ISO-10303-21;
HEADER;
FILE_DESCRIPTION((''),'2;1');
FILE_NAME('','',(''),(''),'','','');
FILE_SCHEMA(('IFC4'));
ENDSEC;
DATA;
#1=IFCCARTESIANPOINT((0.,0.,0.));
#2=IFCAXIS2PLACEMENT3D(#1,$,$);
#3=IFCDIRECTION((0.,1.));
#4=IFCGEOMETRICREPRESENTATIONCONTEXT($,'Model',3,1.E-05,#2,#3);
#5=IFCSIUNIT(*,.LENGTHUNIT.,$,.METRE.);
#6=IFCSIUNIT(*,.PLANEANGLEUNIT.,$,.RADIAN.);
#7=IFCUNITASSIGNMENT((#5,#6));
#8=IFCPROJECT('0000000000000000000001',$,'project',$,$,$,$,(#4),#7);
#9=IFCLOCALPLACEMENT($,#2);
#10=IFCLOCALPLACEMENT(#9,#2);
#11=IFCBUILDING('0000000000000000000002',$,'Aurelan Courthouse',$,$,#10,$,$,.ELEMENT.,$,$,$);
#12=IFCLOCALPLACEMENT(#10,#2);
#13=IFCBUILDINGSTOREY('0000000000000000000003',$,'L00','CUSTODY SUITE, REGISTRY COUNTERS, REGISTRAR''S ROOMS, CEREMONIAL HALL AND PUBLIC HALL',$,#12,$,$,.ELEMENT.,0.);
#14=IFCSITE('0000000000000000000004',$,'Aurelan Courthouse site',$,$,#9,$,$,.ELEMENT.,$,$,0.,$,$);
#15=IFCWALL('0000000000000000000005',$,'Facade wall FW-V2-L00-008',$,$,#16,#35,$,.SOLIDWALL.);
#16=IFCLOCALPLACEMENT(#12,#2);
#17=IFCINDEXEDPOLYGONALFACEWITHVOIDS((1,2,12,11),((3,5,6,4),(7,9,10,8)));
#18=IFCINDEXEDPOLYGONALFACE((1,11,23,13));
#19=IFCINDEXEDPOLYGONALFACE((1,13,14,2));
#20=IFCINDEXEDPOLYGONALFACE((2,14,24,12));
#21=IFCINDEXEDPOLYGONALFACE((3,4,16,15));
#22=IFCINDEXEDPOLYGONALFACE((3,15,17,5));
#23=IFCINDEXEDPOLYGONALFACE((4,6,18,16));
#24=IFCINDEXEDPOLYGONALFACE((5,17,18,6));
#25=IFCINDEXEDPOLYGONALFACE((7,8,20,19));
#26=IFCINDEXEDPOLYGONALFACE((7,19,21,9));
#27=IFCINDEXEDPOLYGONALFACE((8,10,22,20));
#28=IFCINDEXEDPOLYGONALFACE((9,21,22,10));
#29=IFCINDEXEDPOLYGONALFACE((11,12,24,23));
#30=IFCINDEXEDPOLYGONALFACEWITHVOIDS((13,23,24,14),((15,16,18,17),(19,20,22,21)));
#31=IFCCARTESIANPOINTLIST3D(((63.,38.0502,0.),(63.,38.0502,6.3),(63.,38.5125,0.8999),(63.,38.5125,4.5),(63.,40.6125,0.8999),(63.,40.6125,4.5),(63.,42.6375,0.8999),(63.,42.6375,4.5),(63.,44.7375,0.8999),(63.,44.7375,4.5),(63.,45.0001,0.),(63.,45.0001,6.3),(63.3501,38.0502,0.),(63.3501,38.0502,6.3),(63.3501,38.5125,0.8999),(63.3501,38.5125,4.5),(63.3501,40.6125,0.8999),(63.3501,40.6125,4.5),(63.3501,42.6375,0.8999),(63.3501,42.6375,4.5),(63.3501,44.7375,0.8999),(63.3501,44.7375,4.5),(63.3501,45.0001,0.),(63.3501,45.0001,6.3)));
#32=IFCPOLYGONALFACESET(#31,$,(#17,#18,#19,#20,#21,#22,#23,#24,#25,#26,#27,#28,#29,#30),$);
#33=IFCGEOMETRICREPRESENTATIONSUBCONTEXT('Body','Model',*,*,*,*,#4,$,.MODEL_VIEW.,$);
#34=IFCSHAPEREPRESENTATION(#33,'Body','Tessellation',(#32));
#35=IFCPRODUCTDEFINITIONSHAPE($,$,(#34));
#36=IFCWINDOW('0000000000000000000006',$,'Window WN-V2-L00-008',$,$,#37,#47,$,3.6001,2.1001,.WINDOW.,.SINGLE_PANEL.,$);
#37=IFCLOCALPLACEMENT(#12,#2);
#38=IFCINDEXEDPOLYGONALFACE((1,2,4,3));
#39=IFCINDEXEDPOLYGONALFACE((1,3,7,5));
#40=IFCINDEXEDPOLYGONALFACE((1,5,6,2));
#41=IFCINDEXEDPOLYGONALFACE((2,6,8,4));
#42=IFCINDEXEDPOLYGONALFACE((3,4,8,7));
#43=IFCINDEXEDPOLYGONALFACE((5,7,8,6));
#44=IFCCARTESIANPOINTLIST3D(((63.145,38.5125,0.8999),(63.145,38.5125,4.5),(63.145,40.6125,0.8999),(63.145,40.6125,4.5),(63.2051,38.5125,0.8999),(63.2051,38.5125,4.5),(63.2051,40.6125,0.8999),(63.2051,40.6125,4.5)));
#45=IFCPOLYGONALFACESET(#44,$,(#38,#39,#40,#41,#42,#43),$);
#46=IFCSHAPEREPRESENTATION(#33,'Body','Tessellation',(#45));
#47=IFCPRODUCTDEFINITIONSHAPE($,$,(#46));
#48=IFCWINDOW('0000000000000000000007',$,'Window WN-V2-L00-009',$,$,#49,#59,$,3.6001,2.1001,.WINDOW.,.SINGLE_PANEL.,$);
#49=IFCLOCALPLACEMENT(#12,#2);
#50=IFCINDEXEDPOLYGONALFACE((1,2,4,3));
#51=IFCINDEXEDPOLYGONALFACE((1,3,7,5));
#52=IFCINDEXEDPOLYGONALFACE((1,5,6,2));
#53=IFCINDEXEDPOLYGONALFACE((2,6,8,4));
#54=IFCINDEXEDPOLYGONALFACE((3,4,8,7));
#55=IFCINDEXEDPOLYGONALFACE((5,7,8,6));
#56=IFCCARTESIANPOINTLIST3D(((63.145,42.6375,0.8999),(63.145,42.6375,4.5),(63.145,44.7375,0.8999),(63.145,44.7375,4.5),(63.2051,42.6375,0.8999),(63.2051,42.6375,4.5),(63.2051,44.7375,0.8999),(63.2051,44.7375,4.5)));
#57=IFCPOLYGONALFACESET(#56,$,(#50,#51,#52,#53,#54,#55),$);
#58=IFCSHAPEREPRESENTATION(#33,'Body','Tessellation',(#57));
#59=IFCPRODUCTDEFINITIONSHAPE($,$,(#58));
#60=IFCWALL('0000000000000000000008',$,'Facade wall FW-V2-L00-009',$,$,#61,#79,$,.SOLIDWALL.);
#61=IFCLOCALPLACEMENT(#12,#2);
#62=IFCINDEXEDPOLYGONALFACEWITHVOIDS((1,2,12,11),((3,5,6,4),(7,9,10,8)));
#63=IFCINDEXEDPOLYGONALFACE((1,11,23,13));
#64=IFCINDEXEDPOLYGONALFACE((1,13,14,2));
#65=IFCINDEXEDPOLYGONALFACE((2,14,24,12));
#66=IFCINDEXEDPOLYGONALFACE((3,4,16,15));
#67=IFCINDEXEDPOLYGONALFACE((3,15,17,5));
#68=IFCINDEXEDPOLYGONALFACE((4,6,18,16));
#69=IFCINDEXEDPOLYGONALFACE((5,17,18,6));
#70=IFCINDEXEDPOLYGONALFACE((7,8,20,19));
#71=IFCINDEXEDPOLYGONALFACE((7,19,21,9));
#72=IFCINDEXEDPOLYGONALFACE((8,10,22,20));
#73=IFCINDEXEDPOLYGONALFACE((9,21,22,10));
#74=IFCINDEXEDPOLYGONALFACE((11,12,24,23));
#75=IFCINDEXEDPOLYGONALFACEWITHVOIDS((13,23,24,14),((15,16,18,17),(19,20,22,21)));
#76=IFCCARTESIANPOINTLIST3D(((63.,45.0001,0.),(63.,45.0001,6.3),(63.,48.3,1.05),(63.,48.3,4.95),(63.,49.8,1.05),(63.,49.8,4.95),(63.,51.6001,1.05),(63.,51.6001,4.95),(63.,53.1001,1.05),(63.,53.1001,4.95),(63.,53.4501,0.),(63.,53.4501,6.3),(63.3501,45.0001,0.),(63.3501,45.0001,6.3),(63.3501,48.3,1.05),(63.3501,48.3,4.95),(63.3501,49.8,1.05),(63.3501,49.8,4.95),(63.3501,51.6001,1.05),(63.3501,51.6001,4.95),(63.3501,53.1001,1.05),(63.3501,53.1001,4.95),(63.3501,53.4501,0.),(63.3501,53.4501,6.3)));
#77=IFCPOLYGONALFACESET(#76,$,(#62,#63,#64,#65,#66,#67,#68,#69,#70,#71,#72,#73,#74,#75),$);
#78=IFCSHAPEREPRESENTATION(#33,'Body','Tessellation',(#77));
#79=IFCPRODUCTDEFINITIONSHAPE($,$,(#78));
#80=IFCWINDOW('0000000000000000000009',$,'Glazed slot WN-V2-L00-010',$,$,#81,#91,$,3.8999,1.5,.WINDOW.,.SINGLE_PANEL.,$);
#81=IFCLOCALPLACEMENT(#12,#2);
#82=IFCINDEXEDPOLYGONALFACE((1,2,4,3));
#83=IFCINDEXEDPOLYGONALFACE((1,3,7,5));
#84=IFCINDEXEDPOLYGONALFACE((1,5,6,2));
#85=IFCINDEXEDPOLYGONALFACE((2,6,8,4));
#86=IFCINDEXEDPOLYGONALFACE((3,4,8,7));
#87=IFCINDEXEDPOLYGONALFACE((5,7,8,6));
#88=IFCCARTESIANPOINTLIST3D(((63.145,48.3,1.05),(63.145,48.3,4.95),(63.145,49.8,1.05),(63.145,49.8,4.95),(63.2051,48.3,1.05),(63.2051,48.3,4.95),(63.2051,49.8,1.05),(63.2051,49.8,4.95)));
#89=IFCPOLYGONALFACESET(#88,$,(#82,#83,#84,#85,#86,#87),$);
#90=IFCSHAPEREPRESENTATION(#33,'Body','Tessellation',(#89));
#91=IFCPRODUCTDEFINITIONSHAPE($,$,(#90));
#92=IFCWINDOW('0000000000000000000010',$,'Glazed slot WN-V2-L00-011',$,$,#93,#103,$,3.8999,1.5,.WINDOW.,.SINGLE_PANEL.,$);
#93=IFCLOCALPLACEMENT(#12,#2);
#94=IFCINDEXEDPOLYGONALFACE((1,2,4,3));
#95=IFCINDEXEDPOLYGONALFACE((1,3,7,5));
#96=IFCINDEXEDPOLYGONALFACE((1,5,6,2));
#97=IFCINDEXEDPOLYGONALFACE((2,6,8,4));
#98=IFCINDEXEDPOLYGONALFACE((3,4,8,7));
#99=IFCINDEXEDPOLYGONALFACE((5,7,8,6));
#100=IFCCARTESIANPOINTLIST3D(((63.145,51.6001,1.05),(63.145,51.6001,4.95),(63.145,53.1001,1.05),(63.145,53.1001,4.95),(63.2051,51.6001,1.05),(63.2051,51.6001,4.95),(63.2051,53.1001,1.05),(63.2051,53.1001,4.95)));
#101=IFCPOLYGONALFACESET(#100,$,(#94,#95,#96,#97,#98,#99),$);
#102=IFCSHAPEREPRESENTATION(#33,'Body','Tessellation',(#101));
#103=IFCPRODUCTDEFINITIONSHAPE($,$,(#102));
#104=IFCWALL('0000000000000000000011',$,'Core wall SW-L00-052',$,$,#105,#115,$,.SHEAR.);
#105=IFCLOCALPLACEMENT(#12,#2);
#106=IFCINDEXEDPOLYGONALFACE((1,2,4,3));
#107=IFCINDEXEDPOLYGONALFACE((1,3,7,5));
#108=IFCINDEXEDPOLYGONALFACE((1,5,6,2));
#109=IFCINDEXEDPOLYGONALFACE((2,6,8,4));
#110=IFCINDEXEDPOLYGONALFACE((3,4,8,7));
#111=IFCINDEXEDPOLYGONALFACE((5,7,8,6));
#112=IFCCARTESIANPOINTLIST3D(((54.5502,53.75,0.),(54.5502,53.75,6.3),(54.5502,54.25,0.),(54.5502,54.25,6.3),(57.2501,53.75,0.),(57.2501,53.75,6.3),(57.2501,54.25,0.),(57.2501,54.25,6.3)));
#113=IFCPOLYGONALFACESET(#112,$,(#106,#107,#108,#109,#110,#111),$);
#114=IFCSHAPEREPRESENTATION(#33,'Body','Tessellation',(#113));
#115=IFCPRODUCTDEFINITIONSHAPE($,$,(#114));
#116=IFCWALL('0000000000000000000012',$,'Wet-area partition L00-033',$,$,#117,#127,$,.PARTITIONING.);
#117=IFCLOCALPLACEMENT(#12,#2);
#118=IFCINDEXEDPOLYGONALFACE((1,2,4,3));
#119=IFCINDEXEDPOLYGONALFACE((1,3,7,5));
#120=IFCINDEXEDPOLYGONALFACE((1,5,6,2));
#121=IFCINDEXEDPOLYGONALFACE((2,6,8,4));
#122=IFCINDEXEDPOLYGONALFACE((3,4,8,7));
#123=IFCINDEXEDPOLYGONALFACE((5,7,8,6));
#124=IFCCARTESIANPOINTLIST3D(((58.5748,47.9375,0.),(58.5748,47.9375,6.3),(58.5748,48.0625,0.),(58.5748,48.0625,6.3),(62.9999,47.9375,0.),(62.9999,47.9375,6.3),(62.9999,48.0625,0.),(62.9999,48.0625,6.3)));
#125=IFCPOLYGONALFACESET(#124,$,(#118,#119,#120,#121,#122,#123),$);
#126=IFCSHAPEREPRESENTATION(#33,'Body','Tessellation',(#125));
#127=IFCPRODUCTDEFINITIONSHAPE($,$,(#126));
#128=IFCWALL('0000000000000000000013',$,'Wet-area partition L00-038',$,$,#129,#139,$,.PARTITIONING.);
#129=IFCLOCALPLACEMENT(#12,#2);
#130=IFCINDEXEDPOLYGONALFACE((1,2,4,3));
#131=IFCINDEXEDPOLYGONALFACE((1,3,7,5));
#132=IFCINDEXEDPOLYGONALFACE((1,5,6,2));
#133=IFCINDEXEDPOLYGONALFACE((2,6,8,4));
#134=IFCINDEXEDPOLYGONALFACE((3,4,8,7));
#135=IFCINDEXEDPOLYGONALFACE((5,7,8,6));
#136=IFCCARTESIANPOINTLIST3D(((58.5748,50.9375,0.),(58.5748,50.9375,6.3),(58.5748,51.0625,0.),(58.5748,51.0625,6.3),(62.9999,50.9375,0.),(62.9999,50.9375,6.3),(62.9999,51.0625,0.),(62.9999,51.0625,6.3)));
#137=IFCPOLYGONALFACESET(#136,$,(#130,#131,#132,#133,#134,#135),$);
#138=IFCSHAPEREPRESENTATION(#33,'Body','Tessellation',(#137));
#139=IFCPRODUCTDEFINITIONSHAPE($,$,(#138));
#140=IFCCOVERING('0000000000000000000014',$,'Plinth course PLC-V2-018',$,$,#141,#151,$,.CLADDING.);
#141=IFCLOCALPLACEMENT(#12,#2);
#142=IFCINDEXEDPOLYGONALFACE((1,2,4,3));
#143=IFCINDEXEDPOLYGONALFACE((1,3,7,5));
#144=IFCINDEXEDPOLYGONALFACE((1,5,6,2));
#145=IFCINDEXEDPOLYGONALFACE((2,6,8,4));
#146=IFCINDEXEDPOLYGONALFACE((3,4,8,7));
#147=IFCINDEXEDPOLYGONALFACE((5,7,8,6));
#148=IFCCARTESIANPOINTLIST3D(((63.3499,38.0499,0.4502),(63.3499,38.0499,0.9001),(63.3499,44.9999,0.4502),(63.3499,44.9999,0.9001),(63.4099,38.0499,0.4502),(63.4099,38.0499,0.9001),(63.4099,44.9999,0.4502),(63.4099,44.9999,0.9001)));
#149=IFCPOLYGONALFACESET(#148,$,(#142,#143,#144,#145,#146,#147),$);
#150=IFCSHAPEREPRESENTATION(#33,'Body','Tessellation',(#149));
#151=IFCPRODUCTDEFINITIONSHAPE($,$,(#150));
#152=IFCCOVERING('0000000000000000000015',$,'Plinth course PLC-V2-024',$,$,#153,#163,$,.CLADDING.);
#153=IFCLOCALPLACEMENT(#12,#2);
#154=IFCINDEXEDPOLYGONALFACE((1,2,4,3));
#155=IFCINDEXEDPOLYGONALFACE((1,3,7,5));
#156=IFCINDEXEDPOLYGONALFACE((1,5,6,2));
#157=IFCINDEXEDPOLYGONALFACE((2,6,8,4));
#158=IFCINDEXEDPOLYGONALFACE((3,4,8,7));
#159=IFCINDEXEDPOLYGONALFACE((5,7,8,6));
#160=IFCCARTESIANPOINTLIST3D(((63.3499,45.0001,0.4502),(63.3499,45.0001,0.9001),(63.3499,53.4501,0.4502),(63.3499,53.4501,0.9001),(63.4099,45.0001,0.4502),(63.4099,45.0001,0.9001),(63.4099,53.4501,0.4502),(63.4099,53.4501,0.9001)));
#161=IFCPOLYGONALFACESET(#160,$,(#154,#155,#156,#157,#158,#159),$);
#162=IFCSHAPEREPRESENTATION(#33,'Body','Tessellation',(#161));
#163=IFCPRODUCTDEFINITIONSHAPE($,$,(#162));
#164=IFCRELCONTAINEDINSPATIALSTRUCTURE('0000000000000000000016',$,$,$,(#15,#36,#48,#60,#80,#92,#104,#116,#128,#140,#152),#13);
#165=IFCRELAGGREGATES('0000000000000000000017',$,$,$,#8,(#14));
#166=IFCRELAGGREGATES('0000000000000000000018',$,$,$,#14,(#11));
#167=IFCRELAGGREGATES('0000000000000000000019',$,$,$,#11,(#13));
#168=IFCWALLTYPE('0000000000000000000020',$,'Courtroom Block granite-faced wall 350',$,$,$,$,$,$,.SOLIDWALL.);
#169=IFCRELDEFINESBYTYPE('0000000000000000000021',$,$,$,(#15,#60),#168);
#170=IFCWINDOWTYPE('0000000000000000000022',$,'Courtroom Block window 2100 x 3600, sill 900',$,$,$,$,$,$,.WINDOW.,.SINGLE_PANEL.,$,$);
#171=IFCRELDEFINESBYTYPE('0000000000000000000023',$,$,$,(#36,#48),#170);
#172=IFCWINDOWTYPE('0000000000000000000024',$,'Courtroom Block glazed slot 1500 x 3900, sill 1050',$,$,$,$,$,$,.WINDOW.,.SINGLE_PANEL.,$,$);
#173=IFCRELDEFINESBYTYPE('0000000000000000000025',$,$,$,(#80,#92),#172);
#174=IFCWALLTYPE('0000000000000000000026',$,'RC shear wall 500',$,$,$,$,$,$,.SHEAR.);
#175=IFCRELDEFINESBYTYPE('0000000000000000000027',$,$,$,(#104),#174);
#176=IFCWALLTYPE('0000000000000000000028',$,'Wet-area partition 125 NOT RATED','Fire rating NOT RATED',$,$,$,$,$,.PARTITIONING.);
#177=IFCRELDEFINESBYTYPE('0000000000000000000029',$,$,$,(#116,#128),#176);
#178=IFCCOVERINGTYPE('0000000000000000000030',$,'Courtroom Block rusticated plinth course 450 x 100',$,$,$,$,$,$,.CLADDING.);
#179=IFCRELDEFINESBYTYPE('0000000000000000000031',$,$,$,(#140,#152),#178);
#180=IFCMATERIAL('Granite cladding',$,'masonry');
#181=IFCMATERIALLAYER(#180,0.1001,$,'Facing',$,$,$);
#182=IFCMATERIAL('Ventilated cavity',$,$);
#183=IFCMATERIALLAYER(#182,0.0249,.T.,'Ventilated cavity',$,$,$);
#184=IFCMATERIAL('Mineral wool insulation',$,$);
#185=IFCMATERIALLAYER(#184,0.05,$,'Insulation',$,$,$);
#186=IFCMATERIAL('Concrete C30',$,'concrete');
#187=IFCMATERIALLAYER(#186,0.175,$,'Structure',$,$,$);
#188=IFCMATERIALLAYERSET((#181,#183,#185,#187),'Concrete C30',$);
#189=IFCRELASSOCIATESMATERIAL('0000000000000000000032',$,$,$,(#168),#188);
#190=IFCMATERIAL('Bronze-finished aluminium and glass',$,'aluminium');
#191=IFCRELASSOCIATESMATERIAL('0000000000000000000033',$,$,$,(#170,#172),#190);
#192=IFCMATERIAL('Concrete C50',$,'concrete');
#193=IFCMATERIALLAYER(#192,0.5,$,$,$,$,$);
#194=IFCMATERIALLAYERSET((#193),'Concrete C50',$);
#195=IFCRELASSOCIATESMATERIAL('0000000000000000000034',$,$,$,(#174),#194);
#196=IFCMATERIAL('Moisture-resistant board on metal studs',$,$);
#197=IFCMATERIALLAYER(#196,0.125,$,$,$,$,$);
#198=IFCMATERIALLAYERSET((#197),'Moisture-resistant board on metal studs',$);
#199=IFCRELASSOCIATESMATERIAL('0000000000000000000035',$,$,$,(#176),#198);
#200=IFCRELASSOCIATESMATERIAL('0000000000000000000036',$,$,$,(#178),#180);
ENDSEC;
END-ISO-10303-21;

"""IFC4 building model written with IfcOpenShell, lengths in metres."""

from ifc_helpers import new_model, si_unit, direction, frame, frame_2d, origin, origin_2d, place, context, subcontext, project, spatial, rectangle, extrude, material, layer, layer_set, type_object, element, fill, save


model = new_model("IFC4")

# Units and contexts
model_context = context("Model", 3, precision=1e-05, world=origin(), true_north=direction((0.0, 1.0)))
body_context = subcontext(model_context, "Body", "Model", "MODEL_VIEW")
ifc_project = project(units=[si_unit("LENGTHUNIT", "METRE"), si_unit("PLANEANGLEUNIT", "RADIAN")], contexts=[model_context])

# Site, building, storey
site_placement = place(None, origin())
site = spatial("IfcSite", under=ifc_project, at=site_placement, Name="Aurelan Courthouse site", CompositionType="ELEMENT", RefElevation=0.0)
building_placement = place(site_placement, origin())
building = spatial("IfcBuilding", under=site, at=building_placement, Name="Aurelan Courthouse", CompositionType="ELEMENT")
storey_placement = place(building_placement, origin())
storey = spatial("IfcBuildingStorey", under=building, at=storey_placement, Name="L00", Description="CUSTODY SUITE, REGISTRY COUNTERS, REGISTRAR'S ROOMS, CEREMONIAL HALL AND PUBLIC HALL", CompositionType="ELEMENT", Elevation=0.0)

# Shared definitions
ifc_material_1 = material(Name="Concrete C50", Category="concrete")

# Walls, openings, windows
ifc_material_2 = material(Name="Granite cladding", Category="masonry")
ifc_layer_1 = layer(ifc_material_2, 0.1001, Name="Facing")
ifc_material_3 = material(Name="Ventilated cavity")
ifc_layer_2 = layer(ifc_material_3, 0.0249, ventilated=True, Name="Ventilated cavity")
ifc_material_4 = material(Name="Mineral wool insulation")
ifc_layer_3 = layer(ifc_material_4, 0.05, Name="Insulation")
ifc_material_5 = material(Name="Concrete C30", Category="concrete")
ifc_layer_4 = layer(ifc_material_5, 0.175, Name="Structure")
ifc_layer_set_1 = layer_set([ifc_layer_1, ifc_layer_2, ifc_layer_3, ifc_layer_4], Name="Concrete C30")
wall_type_1 = type_object("IfcWallType", Name="Courtroom Block granite-faced wall 350", PredefinedType="SOLIDWALL", material=ifc_layer_set_1)
wall_1_placement = place(storey_placement, frame((63.175, 38.05, 0.0), z_axis=(0.0, 0.0, 1.0), x_axis=(0.0, 1.0, 0.0)))
wall_1 = element("IfcWall", 1, at=wall_1_placement, inside=storey, type_object=wall_type_1, Name="Facade wall FW-V2-L00-008", PredefinedType="SOLIDWALL", context=body_context, shape_type="SweptSolid", body=[
    extrude(rectangle(XDim=6.95, YDim=0.3501, at=frame_2d((3.4751, 0.0))), origin(), (0.0, 0.0, 1.0), 6.3),
])
opening_1_placement = place(wall_1_placement, frame((0.4624, 0.0, 0.8999)))
opening_1 = element("IfcOpeningElement", 2, at=opening_1_placement, cuts=wall_1, PredefinedType="OPENING", context=body_context, shape_type="SweptSolid", body=[
    extrude(rectangle(XDim=2.1001, YDim=3.6001, at=frame_2d((1.05, 1.8))), frame((0.0, 0.1851, 0.0), z_axis=(0.0, -1.0, 0.0), x_axis=(1.0, 0.0, 0.0)), (0.0, 0.0, 1.0), 0.3701),
])
opening_2_placement = place(wall_1_placement, frame((4.5874, 0.0, 0.8999)))
opening_2 = element("IfcOpeningElement", 3, at=opening_2_placement, cuts=wall_1, PredefinedType="OPENING", context=body_context, shape_type="SweptSolid", body=[
    extrude(rectangle(XDim=2.1001, YDim=3.6001, at=frame_2d((1.05, 1.8))), frame((0.0, 0.1851, 0.0), z_axis=(0.0, -1.0, 0.0), x_axis=(1.0, 0.0, 0.0)), (0.0, 0.0, 1.0), 0.3701),
])
ifc_material_6 = material(Name="Bronze-finished aluminium and glass", Category="aluminium")
window_type_1 = type_object("IfcWindowType", Name="Courtroom Block window 2100 x 3600, sill 900", PartitioningType="SINGLE_PANEL", PredefinedType="WINDOW", material=ifc_material_6)
window_1_placement = place(opening_1_placement, origin())
window_1 = element("IfcWindow", 4, at=window_1_placement, inside=storey, type_object=window_type_1, Name="Window WN-V2-L00-008", OverallHeight=3.6001, OverallWidth=2.1001, PartitioningType="SINGLE_PANEL", PredefinedType="WINDOW", context=body_context, shape_type="SweptSolid", body=[
    extrude(rectangle(XDim=2.1001, YDim=3.6001, at=frame_2d((1.05, 1.8))), frame((0.0, 0.03, 0.0), z_axis=(0.0, -1.0, 0.0), x_axis=(1.0, 0.0, 0.0)), (0.0, 0.0, 1.0), 0.0601),
])
fill(opening_1, window_1)
window_2_placement = place(opening_2_placement, origin())
window_2 = element("IfcWindow", 5, at=window_2_placement, inside=storey, type_object=window_type_1, Name="Window WN-V2-L00-009", OverallHeight=3.6001, OverallWidth=2.1001, PartitioningType="SINGLE_PANEL", PredefinedType="WINDOW", context=body_context, shape_type="SweptSolid", body=[
    extrude(rectangle(XDim=2.1001, YDim=3.6001, at=frame_2d((1.05, 1.8))), frame((0.0, 0.03, 0.0), z_axis=(0.0, -1.0, 0.0), x_axis=(1.0, 0.0, 0.0)), (0.0, 0.0, 1.0), 0.0601),
])
fill(opening_2, window_2)
wall_2_placement = place(storey_placement, frame((63.175, 45.0, 0.0), z_axis=(0.0, 0.0, 1.0), x_axis=(0.0, 1.0, 0.0)))
wall_2 = element("IfcWall", 6, at=wall_2_placement, inside=storey, type_object=wall_type_1, Name="Facade wall FW-V2-L00-009", PredefinedType="SOLIDWALL", context=body_context, shape_type="SweptSolid", body=[
    extrude(rectangle(XDim=8.45, YDim=0.3501, at=frame_2d((4.2251, 0.0))), origin(), (0.0, 0.0, 1.0), 6.3),
])
opening_3_placement = place(wall_2_placement, frame((3.3, 0.0, 1.05)))
opening_3 = element("IfcOpeningElement", 7, at=opening_3_placement, cuts=wall_2, PredefinedType="OPENING", context=body_context, shape_type="SweptSolid", body=[
    extrude(rectangle(XDim=1.5, YDim=3.8999, at=frame_2d((0.75, 1.95))), frame((0.0, 0.1851, 0.0), z_axis=(0.0, -1.0, 0.0), x_axis=(1.0, 0.0, 0.0)), (0.0, 0.0, 1.0), 0.3701),
])
opening_4_placement = place(wall_2_placement, frame((6.6001, 0.0, 1.05)))
opening_4 = element("IfcOpeningElement", 8, at=opening_4_placement, cuts=wall_2, PredefinedType="OPENING", context=body_context, shape_type="SweptSolid", body=[
    extrude(rectangle(XDim=1.5, YDim=3.8999, at=frame_2d((0.75, 1.95))), frame((0.0, 0.1851, 0.0), z_axis=(0.0, -1.0, 0.0), x_axis=(1.0, 0.0, 0.0)), (0.0, 0.0, 1.0), 0.3701),
])
window_type_2 = type_object("IfcWindowType", Name="Courtroom Block glazed slot 1500 x 3900, sill 1050", PartitioningType="SINGLE_PANEL", PredefinedType="WINDOW", material=ifc_material_6)
window_3_placement = place(opening_3_placement, origin())
window_3 = element("IfcWindow", 9, at=window_3_placement, inside=storey, type_object=window_type_2, Name="Glazed slot WN-V2-L00-010", OverallHeight=3.8999, OverallWidth=1.5, PartitioningType="SINGLE_PANEL", PredefinedType="WINDOW", context=body_context, shape_type="SweptSolid", body=[
    extrude(rectangle(XDim=1.5, YDim=3.8999, at=frame_2d((0.75, 1.95))), frame((0.0, 0.03, 0.0), z_axis=(0.0, -1.0, 0.0), x_axis=(1.0, 0.0, 0.0)), (0.0, 0.0, 1.0), 0.0601),
])
fill(opening_3, window_3)
window_4_placement = place(opening_4_placement, origin())
window_4 = element("IfcWindow", 10, at=window_4_placement, inside=storey, type_object=window_type_2, Name="Glazed slot WN-V2-L00-011", OverallHeight=3.8999, OverallWidth=1.5, PartitioningType="SINGLE_PANEL", PredefinedType="WINDOW", context=body_context, shape_type="SweptSolid", body=[
    extrude(rectangle(XDim=1.5, YDim=3.8999, at=frame_2d((0.75, 1.95))), frame((0.0, 0.03, 0.0), z_axis=(0.0, -1.0, 0.0), x_axis=(1.0, 0.0, 0.0)), (0.0, 0.0, 1.0), 0.0601),
])
fill(opening_4, window_4)

# Walls
ifc_layer_5 = layer(ifc_material_1, 0.5)
ifc_layer_set_2 = layer_set([ifc_layer_5], Name="Concrete C50")
wall_type_2 = type_object("IfcWallType", Name="RC shear wall 500", PredefinedType="SHEAR", material=ifc_layer_set_2)
wall_3_placement = place(storey_placement, frame((54.55, 54.0, 0.0), z_axis=(0.0, 0.0, 1.0), x_axis=(1.0, 0.0, 0.0)))
element("IfcWall", 11, at=wall_3_placement, inside=storey, type_object=wall_type_2, Name="Core wall SW-L00-052", PredefinedType="SHEAR", context=body_context, shape_type="SweptSolid", body=[
    extrude(rectangle(XDim=2.7, YDim=0.5, at=frame_2d((1.3501, 0.0))), origin(), (0.0, 0.0, 1.0), 6.3),
])
ifc_material_7 = material(Name="Moisture-resistant board on metal studs")
ifc_layer_6 = layer(ifc_material_7, 0.125)
ifc_layer_set_3 = layer_set([ifc_layer_6], Name="Moisture-resistant board on metal studs")
wall_type_3 = type_object("IfcWallType", Name="Wet-area partition 125 NOT RATED", Description="Fire rating NOT RATED", PredefinedType="PARTITIONING", material=ifc_layer_set_3)
for number, where, z_axis, x_axis, name in (
    (12, (58.575, 48.0, 0.0), (0.0, 0.0, 1.0), (1.0, 0.0, 0.0), "Wet-area partition L00-033"),
    (13, (58.575, 51.0, 0.0), (0.0, 0.0, 1.0), (1.0, 0.0, 0.0), "Wet-area partition L00-038"),
):
    element("IfcWall", number, at=place(storey_placement, frame(where, z_axis=z_axis, x_axis=x_axis)), inside=storey, type_object=wall_type_3, Name=name, PredefinedType="PARTITIONING", context=body_context, shape_type="SweptSolid", body=[
        extrude(rectangle(XDim=4.425, YDim=0.125, at=frame_2d((2.2124, 0.0))), origin(), (0.0, 0.0, 1.0), 6.3),
    ])

# Coverings
covering_type = type_object("IfcCoveringType", Name="Courtroom Block rusticated plinth course 450 x 100", PredefinedType="CLADDING", material=ifc_material_2)
covering_1_placement = place(storey_placement, frame((63.3799, 41.5249, 0.4502), z_axis=(0.0, 0.0, 1.0), x_axis=(1.0, 0.0, 0.0)))
element("IfcCovering", 14, at=covering_1_placement, inside=storey, type_object=covering_type, Name="Plinth course PLC-V2-018", PredefinedType="CLADDING", context=body_context, shape_type="SweptSolid", body=[
    extrude(rectangle(XDim=0.0601, YDim=6.95, at=origin_2d()), origin(), (0.0, 0.0, 1.0), 0.45),
])
covering_2_placement = place(storey_placement, frame((63.3799, 49.2251, 0.4502), z_axis=(0.0, 0.0, 1.0), x_axis=(1.0, 0.0, 0.0)))
element("IfcCovering", 15, at=covering_2_placement, inside=storey, type_object=covering_type, Name="Plinth course PLC-V2-024", PredefinedType="CLADDING", context=body_context, shape_type="SweptSolid", body=[
    extrude(rectangle(XDim=0.0601, YDim=8.45, at=origin_2d()), origin(), (0.0, 0.0, 1.0), 0.45),
])

save(model, "model.ifc")
